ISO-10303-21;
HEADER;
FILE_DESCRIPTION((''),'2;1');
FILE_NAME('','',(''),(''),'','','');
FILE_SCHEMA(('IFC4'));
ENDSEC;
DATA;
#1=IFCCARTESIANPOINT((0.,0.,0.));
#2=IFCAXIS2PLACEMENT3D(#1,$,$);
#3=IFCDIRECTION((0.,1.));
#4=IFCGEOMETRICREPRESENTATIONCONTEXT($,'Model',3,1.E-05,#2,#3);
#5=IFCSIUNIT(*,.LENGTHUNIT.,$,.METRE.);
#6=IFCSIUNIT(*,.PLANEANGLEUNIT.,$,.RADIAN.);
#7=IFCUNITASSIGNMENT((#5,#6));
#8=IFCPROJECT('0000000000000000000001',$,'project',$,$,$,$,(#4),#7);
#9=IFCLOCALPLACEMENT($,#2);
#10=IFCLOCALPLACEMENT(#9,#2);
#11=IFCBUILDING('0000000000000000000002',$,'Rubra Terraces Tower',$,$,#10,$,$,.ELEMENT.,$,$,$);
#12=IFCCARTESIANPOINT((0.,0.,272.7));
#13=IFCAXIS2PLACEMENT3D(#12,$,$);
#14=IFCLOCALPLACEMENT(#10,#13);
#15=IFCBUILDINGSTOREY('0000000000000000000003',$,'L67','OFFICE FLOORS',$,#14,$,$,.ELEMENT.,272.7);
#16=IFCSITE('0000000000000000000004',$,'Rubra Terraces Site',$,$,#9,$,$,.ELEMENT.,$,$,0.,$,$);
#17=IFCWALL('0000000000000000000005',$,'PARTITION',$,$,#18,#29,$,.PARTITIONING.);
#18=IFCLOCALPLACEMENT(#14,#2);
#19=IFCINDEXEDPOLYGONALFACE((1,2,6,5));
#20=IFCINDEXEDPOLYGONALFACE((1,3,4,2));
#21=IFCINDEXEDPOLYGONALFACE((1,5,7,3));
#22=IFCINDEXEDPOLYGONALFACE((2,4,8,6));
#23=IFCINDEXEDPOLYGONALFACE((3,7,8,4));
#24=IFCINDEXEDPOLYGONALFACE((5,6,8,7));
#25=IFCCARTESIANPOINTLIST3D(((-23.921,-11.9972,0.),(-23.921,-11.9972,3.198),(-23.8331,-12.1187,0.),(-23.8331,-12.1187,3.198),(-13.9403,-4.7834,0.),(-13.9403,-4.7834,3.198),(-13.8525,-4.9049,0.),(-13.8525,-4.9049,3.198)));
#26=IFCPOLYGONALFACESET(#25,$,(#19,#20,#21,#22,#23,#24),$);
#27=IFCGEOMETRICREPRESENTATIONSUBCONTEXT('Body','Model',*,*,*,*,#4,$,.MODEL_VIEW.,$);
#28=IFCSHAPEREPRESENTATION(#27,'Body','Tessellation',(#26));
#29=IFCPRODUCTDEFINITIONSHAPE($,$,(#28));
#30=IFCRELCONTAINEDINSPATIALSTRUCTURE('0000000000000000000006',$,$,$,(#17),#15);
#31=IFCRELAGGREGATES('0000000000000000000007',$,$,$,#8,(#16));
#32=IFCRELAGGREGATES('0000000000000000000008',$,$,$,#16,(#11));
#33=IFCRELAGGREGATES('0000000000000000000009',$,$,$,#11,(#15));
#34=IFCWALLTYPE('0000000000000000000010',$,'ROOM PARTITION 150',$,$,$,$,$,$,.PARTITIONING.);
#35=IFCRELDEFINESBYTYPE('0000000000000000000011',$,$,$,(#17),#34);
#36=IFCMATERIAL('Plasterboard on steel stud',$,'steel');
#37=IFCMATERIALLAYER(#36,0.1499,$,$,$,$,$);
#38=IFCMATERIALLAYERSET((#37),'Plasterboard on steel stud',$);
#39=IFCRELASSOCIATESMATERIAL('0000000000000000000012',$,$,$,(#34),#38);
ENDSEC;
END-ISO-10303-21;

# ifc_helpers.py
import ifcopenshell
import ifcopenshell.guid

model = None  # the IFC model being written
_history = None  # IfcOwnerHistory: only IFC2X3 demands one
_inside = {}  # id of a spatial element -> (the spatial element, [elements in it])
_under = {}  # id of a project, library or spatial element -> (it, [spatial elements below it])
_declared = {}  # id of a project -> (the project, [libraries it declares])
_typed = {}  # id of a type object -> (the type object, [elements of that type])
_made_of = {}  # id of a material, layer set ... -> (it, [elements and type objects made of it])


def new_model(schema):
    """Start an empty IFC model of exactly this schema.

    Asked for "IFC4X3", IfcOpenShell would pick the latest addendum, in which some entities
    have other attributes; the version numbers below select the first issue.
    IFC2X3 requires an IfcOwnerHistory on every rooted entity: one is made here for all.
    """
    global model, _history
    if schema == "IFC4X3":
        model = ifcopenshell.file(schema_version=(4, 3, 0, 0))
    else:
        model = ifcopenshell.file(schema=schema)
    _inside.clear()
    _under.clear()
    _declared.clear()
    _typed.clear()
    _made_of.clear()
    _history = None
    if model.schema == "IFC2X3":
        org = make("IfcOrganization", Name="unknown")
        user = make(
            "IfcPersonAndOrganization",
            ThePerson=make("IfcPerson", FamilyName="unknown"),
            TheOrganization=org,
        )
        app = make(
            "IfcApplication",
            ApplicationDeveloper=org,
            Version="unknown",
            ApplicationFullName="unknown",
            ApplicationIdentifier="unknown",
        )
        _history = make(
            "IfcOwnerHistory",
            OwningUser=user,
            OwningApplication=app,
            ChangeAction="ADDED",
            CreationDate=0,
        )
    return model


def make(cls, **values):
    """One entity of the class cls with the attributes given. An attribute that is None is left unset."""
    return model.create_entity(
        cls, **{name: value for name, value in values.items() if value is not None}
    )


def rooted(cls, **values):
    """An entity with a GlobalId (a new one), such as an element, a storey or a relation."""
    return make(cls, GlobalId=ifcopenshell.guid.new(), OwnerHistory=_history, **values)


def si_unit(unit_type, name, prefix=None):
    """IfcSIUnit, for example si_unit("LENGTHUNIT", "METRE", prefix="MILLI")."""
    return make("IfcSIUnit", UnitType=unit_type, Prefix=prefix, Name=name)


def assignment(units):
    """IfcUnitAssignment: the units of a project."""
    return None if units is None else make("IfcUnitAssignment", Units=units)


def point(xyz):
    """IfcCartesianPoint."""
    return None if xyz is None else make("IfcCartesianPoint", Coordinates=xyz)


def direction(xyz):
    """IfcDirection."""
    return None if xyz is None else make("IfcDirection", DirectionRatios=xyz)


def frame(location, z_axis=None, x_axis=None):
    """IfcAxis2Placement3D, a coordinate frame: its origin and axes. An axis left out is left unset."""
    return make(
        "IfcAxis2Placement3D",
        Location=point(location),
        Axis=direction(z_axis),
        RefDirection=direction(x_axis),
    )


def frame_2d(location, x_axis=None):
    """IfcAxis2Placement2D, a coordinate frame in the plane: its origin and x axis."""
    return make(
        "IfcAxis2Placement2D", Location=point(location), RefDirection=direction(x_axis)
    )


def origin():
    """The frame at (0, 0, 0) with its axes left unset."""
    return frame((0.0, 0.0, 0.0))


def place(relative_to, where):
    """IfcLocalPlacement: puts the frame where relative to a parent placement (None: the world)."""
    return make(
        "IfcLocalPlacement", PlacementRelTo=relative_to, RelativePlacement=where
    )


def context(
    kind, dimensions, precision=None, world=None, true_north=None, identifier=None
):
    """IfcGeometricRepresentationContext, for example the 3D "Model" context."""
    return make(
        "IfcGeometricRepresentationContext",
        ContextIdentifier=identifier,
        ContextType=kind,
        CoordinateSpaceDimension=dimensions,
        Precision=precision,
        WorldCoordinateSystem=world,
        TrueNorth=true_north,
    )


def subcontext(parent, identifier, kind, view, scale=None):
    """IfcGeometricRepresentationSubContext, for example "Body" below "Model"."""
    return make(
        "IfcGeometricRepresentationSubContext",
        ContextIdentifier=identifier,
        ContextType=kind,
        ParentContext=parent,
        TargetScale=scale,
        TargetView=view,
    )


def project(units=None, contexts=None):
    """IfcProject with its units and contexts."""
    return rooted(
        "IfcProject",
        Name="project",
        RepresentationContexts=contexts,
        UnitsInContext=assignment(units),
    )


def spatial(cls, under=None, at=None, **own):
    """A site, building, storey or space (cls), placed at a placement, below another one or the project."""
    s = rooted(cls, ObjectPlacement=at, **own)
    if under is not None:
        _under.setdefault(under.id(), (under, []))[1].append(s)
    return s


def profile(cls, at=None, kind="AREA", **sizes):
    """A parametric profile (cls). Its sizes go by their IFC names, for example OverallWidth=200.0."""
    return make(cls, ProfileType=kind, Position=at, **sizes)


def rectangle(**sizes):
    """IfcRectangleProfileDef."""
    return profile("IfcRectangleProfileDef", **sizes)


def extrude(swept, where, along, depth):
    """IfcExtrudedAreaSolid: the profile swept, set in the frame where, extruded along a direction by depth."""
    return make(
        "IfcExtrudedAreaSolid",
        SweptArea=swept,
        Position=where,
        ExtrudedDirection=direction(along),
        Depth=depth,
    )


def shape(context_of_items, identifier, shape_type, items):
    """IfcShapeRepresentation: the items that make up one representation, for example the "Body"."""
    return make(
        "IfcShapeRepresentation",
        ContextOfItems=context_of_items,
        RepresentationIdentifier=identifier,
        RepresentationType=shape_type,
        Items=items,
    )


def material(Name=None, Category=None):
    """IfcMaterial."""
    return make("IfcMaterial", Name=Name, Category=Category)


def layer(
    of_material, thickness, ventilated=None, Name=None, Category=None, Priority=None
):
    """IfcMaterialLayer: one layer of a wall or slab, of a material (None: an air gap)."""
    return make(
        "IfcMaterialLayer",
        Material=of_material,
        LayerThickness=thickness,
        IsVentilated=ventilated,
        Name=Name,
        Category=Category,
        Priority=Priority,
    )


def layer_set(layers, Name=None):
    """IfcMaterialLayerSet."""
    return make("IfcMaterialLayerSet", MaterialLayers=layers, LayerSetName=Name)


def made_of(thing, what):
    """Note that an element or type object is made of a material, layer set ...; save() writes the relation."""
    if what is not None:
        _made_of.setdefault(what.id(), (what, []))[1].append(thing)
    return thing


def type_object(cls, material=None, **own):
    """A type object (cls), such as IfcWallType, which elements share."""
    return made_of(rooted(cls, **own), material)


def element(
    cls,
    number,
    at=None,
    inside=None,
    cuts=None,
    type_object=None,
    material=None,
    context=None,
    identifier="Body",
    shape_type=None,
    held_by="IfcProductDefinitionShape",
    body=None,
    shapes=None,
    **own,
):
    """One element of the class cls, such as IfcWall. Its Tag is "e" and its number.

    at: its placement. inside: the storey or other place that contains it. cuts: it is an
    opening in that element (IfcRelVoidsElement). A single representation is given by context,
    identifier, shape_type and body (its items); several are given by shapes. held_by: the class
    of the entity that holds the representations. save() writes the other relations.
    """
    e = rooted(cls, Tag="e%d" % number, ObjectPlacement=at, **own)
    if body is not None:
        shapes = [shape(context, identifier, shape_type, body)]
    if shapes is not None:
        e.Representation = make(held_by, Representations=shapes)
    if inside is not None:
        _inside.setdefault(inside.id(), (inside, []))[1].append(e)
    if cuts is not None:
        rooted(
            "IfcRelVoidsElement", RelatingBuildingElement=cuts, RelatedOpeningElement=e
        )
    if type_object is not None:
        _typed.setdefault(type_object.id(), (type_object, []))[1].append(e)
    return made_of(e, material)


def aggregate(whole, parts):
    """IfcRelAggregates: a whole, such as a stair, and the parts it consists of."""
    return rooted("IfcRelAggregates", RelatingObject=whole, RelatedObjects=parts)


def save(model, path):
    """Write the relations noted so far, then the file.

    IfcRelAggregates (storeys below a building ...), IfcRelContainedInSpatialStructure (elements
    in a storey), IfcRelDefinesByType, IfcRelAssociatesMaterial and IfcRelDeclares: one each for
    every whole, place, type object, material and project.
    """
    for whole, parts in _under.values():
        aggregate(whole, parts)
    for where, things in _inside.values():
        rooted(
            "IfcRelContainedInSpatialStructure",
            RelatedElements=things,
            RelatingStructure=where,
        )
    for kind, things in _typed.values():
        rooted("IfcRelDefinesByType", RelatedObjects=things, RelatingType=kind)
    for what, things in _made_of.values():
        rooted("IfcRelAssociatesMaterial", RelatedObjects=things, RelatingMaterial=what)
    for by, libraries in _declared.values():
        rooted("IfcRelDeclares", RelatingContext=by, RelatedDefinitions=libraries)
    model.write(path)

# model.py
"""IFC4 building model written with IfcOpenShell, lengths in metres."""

from ifc_helpers import new_model, si_unit, direction, frame, frame_2d, origin, place, context, subcontext, project, spatial, rectangle, extrude, material, layer, layer_set, type_object, element, save


model = new_model("IFC4")

# Units and contexts
model_context = context("Model", 3, precision=1e-05, world=origin(), true_north=direction((0.0, 1.0)))
body_context = subcontext(model_context, "Body", "Model", "MODEL_VIEW")
ifc_project = project(units=[si_unit("LENGTHUNIT", "METRE"), si_unit("PLANEANGLEUNIT", "RADIAN")], contexts=[model_context])

# Site, building, storey
site_placement = place(None, origin())
site = spatial("IfcSite", under=ifc_project, at=site_placement, Name="Rubra Terraces Site", CompositionType="ELEMENT", RefElevation=0.0)
building_placement = place(site_placement, origin())
building = spatial("IfcBuilding", under=site, at=building_placement, Name="Rubra Terraces Tower", CompositionType="ELEMENT")
storey_placement = place(building_placement, frame((0.0, 0.0, 272.7)))
storey = spatial("IfcBuildingStorey", under=building, at=storey_placement, Name="L67", Description="OFFICE FLOORS", CompositionType="ELEMENT", Elevation=272.7)

# Wall
ifc_material_1 = material(Name="Plasterboard on steel stud", Category="steel")
ifc_layer_1 = layer(ifc_material_1, 0.1499)
ifc_layer_set_1 = layer_set([ifc_layer_1], Name="Plasterboard on steel stud")
wall_type_1 = type_object("IfcWallType", Name="ROOM PARTITION 150", PredefinedType="PARTITIONING", material=ifc_layer_set_1)
wall_1_placement = place(storey_placement, frame((-23.877, -12.0579, 0.0), z_axis=(0.0, 0.0, 1.0), x_axis=(0.810464, 0.585788, 0.0)))
element("IfcWall", 1, at=wall_1_placement, inside=storey, type_object=wall_type_1, Name="PARTITION", PredefinedType="PARTITIONING", context=body_context, shape_type="SweptSolid", body=[
    extrude(rectangle(XDim=12.3147, YDim=0.1499, at=frame_2d((6.1572, 0.0))), origin(), (0.0, 0.0, 1.0), 3.198),
])

save(model, "model.ifc")
